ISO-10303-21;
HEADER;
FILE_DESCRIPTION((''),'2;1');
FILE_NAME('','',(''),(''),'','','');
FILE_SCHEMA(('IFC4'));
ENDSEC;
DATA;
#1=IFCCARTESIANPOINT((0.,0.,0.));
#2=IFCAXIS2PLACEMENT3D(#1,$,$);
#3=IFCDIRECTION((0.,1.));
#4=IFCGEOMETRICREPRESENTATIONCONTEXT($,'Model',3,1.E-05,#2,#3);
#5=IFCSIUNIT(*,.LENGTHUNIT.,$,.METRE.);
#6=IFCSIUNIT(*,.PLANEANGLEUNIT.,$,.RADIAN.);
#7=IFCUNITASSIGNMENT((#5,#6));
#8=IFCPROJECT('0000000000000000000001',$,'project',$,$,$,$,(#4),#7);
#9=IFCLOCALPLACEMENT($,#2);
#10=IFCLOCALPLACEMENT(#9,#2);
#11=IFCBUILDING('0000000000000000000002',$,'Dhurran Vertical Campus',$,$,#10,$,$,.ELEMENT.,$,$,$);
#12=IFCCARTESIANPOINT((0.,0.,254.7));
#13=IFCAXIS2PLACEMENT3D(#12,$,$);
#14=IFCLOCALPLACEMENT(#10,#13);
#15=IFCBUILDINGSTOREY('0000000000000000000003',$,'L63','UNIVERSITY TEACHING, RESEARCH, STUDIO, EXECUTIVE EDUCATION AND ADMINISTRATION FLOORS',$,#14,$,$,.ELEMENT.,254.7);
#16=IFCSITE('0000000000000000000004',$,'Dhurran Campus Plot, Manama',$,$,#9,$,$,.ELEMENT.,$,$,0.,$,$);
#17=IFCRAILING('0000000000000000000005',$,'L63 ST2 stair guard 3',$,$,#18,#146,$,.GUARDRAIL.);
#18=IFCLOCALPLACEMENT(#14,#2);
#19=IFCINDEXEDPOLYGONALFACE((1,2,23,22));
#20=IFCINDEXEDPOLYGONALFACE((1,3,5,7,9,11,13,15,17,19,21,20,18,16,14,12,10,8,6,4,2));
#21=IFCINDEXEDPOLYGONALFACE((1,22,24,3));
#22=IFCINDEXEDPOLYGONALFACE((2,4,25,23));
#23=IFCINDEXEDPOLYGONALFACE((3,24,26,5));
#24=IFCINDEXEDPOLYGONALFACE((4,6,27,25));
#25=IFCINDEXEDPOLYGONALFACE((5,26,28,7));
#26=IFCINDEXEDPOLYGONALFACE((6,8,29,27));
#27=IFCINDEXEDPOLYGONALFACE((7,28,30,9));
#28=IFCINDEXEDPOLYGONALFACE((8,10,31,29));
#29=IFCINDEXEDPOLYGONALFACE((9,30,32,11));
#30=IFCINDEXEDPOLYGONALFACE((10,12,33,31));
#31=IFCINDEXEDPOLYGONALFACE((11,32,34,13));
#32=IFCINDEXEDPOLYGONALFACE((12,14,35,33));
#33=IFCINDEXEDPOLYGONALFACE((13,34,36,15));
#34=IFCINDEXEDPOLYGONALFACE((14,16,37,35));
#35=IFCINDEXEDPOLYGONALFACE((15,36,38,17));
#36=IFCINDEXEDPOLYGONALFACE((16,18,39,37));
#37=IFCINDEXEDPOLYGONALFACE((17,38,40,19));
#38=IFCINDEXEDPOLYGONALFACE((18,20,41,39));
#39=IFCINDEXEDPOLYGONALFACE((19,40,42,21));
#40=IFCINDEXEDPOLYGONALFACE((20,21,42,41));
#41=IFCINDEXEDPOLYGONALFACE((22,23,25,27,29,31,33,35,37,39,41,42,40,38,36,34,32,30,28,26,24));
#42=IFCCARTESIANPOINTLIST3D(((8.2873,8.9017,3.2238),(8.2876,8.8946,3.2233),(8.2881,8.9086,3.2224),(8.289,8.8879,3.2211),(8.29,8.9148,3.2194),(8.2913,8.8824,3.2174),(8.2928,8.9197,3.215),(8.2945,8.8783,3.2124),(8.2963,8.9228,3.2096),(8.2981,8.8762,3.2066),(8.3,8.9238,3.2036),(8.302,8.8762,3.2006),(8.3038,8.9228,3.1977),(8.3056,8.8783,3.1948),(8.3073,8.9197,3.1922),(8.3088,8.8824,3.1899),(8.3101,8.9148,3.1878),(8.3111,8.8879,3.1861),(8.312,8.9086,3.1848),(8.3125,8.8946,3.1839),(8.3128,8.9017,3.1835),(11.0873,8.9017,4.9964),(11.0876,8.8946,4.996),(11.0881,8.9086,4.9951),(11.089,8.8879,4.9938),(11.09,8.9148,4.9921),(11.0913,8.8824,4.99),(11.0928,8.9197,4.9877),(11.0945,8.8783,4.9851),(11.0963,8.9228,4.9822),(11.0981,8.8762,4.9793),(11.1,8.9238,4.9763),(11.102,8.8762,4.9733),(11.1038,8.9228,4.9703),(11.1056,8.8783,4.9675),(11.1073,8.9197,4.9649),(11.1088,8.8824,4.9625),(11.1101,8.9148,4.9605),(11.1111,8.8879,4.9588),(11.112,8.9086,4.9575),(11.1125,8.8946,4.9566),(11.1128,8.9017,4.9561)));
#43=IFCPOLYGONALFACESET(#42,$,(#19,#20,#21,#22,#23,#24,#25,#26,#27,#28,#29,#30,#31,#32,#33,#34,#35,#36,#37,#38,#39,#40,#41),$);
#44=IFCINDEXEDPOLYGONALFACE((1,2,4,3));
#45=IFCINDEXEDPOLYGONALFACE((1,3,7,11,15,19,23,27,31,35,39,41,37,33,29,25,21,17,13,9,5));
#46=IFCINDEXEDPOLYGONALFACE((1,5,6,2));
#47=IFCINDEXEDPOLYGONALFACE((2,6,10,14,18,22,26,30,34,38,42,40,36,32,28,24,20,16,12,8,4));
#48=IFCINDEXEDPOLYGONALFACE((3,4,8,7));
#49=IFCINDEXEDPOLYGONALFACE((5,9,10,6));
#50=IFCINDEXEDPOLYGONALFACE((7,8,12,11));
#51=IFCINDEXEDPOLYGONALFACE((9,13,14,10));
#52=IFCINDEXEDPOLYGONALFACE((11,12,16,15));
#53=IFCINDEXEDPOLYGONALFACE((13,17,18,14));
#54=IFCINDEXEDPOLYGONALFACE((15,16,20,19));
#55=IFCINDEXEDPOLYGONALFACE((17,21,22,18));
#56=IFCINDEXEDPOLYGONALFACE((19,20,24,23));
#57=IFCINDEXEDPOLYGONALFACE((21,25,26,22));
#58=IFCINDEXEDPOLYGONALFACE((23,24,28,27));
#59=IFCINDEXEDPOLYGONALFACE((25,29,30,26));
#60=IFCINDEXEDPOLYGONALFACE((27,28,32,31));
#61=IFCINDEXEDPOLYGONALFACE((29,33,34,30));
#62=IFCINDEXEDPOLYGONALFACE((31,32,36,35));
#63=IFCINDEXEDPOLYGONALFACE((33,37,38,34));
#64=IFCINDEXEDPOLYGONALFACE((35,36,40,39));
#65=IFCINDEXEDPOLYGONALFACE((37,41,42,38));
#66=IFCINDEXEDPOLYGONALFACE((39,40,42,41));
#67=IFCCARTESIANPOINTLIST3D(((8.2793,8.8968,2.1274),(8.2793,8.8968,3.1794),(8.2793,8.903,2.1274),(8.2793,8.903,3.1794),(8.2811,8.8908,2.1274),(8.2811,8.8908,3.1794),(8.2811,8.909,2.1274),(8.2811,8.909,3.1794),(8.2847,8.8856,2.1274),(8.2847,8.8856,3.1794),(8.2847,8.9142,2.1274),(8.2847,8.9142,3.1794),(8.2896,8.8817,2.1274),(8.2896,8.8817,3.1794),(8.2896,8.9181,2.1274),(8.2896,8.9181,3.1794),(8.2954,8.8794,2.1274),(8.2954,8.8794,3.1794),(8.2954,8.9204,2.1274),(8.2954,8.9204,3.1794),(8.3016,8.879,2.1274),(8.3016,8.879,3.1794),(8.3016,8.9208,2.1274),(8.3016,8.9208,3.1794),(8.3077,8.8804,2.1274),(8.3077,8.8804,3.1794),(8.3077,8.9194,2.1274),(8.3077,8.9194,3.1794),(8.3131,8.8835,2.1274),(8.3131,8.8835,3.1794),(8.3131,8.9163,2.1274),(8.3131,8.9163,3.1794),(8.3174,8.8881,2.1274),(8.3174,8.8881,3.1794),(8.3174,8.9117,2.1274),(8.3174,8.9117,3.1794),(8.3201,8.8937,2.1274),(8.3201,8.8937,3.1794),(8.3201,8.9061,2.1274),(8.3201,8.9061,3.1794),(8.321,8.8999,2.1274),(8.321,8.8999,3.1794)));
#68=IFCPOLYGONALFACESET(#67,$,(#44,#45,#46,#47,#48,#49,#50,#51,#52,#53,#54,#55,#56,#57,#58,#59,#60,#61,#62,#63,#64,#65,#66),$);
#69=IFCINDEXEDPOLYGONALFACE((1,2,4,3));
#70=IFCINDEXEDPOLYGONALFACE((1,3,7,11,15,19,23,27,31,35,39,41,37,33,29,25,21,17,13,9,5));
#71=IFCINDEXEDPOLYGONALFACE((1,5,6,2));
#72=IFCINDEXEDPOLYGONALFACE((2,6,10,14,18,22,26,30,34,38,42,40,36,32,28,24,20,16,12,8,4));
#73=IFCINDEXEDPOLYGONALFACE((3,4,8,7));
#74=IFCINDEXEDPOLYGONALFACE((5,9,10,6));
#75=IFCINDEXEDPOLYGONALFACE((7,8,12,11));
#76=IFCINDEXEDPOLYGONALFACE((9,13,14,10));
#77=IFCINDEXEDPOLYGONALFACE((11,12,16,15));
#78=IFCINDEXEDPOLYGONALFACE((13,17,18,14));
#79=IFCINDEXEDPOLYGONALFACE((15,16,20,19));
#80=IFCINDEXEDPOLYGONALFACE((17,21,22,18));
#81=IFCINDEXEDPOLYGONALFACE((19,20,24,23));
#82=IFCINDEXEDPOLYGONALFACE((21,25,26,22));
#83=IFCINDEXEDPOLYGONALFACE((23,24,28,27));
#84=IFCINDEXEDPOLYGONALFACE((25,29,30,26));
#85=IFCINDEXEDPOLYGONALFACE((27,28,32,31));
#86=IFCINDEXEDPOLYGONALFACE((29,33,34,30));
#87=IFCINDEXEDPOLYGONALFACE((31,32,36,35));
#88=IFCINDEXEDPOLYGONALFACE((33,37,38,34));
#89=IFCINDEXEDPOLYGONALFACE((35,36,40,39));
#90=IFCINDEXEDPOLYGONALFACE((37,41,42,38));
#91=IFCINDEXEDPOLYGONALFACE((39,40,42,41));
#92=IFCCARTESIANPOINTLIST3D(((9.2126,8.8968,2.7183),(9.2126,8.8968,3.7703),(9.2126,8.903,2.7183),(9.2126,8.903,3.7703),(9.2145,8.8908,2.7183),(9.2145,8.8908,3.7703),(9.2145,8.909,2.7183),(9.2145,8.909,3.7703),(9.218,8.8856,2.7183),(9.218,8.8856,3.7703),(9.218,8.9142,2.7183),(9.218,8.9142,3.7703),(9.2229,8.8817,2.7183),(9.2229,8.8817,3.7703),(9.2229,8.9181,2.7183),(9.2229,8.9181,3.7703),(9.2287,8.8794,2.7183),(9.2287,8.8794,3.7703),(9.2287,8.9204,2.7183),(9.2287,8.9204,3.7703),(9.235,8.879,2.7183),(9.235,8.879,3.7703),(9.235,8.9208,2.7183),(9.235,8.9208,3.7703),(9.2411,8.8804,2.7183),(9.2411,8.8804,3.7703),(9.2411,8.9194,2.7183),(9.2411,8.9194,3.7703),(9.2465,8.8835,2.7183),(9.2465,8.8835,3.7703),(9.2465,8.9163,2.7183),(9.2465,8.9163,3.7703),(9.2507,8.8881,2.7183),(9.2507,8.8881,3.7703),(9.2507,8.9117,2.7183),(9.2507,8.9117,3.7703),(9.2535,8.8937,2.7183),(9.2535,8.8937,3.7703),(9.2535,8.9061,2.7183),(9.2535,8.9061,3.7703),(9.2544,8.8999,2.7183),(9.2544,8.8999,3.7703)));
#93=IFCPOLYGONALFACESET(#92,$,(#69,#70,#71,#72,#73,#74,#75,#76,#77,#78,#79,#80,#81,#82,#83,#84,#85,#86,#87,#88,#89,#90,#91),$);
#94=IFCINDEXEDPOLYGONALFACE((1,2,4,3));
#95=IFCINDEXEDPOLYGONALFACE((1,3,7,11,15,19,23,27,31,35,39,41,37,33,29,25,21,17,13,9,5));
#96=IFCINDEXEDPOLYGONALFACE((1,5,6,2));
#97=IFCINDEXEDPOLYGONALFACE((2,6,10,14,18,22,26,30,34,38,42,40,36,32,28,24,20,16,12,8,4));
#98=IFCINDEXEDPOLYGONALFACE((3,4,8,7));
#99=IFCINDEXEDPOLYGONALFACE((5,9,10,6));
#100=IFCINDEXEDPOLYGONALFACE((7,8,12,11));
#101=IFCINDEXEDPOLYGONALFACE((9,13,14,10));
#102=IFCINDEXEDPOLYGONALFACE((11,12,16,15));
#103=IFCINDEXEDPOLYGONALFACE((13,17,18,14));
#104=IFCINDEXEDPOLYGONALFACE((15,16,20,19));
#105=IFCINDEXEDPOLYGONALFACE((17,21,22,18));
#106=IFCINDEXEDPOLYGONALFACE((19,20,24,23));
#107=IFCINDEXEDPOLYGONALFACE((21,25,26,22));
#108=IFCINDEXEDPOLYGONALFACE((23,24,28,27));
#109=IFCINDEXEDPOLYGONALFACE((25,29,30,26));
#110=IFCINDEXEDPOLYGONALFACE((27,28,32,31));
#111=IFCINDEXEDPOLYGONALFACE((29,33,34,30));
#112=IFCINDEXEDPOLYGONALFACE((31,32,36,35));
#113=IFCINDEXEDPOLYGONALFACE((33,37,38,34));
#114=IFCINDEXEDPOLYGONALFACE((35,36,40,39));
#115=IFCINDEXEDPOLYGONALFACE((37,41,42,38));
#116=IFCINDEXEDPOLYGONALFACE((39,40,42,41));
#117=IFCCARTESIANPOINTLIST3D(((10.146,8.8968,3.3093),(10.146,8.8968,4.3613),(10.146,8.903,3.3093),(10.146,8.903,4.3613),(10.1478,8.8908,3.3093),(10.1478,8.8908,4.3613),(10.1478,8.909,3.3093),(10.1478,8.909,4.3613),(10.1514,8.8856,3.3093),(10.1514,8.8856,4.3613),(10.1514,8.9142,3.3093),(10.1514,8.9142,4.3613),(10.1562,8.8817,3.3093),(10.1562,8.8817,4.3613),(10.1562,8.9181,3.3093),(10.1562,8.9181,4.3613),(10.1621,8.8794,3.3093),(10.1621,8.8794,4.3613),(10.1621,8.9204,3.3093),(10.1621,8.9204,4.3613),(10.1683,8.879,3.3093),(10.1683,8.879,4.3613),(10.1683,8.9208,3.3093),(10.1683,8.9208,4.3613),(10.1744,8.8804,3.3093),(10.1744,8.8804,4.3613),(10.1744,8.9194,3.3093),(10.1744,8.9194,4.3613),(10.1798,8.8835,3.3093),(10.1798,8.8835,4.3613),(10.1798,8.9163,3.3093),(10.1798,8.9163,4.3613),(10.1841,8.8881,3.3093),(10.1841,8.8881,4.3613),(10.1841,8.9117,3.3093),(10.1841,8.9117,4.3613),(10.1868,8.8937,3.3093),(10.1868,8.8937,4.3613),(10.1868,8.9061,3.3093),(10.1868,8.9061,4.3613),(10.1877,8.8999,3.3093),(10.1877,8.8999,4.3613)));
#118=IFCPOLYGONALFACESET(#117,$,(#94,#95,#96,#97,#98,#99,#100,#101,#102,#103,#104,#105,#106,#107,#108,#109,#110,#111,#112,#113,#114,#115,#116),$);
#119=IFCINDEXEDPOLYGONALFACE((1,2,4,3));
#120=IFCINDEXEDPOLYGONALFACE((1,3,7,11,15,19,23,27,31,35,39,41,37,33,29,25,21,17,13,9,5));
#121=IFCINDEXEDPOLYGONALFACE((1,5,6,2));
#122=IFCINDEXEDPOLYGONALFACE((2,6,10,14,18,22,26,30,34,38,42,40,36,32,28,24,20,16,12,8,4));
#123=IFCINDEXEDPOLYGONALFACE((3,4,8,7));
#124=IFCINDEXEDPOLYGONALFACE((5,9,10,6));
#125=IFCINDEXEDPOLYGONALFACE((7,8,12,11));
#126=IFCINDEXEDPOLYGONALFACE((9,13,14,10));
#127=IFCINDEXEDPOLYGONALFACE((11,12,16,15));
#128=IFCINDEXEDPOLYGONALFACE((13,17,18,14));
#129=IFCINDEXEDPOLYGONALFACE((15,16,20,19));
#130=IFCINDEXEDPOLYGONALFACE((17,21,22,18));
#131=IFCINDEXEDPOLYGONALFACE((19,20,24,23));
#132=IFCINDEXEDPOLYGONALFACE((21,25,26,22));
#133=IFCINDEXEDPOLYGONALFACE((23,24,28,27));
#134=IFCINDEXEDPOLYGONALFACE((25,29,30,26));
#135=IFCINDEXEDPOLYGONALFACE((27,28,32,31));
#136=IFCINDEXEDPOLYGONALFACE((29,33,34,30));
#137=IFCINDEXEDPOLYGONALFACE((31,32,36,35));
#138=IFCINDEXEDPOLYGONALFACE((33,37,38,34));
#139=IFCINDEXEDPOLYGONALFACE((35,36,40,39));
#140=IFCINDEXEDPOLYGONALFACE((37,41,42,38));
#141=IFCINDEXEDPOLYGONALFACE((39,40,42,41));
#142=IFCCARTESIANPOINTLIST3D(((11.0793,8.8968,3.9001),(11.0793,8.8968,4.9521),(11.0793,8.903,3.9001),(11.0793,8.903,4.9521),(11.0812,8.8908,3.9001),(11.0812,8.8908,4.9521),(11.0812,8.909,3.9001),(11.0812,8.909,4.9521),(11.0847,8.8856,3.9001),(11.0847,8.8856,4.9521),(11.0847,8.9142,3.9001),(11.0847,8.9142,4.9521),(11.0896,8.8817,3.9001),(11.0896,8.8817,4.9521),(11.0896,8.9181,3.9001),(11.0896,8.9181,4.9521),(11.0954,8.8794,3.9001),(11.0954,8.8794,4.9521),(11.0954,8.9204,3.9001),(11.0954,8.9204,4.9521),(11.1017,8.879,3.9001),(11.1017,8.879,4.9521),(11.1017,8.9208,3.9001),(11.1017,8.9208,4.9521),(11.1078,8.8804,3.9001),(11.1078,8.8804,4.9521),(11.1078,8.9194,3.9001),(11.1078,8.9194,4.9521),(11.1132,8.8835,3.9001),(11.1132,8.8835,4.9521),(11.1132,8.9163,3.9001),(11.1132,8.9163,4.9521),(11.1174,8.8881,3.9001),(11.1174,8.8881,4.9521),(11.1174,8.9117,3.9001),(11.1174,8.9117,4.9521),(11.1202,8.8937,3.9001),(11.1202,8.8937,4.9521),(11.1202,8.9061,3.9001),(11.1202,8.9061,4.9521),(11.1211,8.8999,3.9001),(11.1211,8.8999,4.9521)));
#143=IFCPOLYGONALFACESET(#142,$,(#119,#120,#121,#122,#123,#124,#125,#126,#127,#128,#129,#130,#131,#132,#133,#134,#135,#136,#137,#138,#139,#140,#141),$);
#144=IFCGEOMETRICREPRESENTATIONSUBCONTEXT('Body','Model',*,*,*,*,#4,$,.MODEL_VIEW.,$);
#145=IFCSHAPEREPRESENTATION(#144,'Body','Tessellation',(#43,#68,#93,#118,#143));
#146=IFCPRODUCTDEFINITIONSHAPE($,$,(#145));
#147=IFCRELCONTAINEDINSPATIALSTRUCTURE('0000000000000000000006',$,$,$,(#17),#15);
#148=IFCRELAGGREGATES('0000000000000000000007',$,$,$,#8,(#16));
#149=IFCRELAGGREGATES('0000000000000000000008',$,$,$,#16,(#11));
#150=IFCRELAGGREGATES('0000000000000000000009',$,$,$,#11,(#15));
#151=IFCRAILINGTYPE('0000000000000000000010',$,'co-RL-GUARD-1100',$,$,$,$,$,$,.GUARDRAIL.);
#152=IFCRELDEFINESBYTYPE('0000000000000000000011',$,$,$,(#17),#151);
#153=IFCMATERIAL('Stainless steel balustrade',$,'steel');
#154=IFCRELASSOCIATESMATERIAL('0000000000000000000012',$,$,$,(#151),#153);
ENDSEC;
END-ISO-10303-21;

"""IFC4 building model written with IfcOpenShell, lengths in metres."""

from ifc_helpers import new_model, si_unit, direction, frame, origin, origin_2d, place, context, subcontext, project, spatial, circle, extrude, material, type_object, element, save


model = new_model("IFC4")

# Units and contexts
model_context = context("Model", 3, precision=1e-05, world=origin(), true_north=direction((0.0, 1.0)))
body_context = subcontext(model_context, "Body", "Model", "MODEL_VIEW")
ifc_project = project(units=[si_unit("LENGTHUNIT", "METRE"), si_unit("PLANEANGLEUNIT", "RADIAN")], contexts=[model_context])

# Site, building, storey
site_placement = place(None, origin())
site = spatial("IfcSite", under=ifc_project, at=site_placement, Name="Dhurran Campus Plot, Manama", CompositionType="ELEMENT", RefElevation=0.0)
building_placement = place(site_placement, origin())
building = spatial("IfcBuilding", under=site, at=building_placement, Name="Dhurran Vertical Campus", CompositionType="ELEMENT")
storey_placement = place(building_placement, frame((0.0, 0.0, 254.7)))
storey = spatial("IfcBuildingStorey", under=building, at=storey_placement, Name="L63", Description="UNIVERSITY TEACHING, RESEARCH, STUDIO, EXECUTIVE EDUCATION AND ADMINISTRATION FLOORS", CompositionType="ELEMENT", Elevation=254.7)

# Railing
ifc_material_1 = material(Name="Stainless steel balustrade", Category="steel")
railing_type_1 = type_object("IfcRailingType", Name="co-RL-GUARD-1100", PredefinedType="GUARDRAIL", material=ifc_material_1)
railing_1_placement = place(storey_placement, frame((8.3, 8.8999, 2.1274)))
element("IfcRailing", 1, at=railing_1_placement, inside=storey, type_object=railing_type_1, Name="L63 ST2 stair guard 3", PredefinedType="GUARDRAIL", context=body_context, shape_type="SweptSolid", body=[
    extrude(circle(Radius=0.0239, at=origin_2d()), frame((0.0, 0.0, 1.0762), z_axis=(0.844909, 0.0, 0.53491), x_axis=(0.0, 1.0, 0.0)), (0.0, 0.0, 1.0), 3.314),
    extrude(circle(Radius=0.021, at=origin_2d()), origin(), (0.0, 0.0, 1.0), 1.052),
    extrude(circle(Radius=0.021, at=origin_2d()), frame((0.9333, 0.0, 0.5908)), (0.0, 0.0, 1.0), 1.052),
    extrude(circle(Radius=0.021, at=origin_2d()), frame((1.8667, 0.0, 1.1819)), (0.0, 0.0, 1.0), 1.052),
    extrude(circle(Radius=0.021, at=origin_2d()), frame((2.8, 0.0, 1.7727)), (0.0, 0.0, 1.0), 1.052),
])

save(model, "model.ifc")
